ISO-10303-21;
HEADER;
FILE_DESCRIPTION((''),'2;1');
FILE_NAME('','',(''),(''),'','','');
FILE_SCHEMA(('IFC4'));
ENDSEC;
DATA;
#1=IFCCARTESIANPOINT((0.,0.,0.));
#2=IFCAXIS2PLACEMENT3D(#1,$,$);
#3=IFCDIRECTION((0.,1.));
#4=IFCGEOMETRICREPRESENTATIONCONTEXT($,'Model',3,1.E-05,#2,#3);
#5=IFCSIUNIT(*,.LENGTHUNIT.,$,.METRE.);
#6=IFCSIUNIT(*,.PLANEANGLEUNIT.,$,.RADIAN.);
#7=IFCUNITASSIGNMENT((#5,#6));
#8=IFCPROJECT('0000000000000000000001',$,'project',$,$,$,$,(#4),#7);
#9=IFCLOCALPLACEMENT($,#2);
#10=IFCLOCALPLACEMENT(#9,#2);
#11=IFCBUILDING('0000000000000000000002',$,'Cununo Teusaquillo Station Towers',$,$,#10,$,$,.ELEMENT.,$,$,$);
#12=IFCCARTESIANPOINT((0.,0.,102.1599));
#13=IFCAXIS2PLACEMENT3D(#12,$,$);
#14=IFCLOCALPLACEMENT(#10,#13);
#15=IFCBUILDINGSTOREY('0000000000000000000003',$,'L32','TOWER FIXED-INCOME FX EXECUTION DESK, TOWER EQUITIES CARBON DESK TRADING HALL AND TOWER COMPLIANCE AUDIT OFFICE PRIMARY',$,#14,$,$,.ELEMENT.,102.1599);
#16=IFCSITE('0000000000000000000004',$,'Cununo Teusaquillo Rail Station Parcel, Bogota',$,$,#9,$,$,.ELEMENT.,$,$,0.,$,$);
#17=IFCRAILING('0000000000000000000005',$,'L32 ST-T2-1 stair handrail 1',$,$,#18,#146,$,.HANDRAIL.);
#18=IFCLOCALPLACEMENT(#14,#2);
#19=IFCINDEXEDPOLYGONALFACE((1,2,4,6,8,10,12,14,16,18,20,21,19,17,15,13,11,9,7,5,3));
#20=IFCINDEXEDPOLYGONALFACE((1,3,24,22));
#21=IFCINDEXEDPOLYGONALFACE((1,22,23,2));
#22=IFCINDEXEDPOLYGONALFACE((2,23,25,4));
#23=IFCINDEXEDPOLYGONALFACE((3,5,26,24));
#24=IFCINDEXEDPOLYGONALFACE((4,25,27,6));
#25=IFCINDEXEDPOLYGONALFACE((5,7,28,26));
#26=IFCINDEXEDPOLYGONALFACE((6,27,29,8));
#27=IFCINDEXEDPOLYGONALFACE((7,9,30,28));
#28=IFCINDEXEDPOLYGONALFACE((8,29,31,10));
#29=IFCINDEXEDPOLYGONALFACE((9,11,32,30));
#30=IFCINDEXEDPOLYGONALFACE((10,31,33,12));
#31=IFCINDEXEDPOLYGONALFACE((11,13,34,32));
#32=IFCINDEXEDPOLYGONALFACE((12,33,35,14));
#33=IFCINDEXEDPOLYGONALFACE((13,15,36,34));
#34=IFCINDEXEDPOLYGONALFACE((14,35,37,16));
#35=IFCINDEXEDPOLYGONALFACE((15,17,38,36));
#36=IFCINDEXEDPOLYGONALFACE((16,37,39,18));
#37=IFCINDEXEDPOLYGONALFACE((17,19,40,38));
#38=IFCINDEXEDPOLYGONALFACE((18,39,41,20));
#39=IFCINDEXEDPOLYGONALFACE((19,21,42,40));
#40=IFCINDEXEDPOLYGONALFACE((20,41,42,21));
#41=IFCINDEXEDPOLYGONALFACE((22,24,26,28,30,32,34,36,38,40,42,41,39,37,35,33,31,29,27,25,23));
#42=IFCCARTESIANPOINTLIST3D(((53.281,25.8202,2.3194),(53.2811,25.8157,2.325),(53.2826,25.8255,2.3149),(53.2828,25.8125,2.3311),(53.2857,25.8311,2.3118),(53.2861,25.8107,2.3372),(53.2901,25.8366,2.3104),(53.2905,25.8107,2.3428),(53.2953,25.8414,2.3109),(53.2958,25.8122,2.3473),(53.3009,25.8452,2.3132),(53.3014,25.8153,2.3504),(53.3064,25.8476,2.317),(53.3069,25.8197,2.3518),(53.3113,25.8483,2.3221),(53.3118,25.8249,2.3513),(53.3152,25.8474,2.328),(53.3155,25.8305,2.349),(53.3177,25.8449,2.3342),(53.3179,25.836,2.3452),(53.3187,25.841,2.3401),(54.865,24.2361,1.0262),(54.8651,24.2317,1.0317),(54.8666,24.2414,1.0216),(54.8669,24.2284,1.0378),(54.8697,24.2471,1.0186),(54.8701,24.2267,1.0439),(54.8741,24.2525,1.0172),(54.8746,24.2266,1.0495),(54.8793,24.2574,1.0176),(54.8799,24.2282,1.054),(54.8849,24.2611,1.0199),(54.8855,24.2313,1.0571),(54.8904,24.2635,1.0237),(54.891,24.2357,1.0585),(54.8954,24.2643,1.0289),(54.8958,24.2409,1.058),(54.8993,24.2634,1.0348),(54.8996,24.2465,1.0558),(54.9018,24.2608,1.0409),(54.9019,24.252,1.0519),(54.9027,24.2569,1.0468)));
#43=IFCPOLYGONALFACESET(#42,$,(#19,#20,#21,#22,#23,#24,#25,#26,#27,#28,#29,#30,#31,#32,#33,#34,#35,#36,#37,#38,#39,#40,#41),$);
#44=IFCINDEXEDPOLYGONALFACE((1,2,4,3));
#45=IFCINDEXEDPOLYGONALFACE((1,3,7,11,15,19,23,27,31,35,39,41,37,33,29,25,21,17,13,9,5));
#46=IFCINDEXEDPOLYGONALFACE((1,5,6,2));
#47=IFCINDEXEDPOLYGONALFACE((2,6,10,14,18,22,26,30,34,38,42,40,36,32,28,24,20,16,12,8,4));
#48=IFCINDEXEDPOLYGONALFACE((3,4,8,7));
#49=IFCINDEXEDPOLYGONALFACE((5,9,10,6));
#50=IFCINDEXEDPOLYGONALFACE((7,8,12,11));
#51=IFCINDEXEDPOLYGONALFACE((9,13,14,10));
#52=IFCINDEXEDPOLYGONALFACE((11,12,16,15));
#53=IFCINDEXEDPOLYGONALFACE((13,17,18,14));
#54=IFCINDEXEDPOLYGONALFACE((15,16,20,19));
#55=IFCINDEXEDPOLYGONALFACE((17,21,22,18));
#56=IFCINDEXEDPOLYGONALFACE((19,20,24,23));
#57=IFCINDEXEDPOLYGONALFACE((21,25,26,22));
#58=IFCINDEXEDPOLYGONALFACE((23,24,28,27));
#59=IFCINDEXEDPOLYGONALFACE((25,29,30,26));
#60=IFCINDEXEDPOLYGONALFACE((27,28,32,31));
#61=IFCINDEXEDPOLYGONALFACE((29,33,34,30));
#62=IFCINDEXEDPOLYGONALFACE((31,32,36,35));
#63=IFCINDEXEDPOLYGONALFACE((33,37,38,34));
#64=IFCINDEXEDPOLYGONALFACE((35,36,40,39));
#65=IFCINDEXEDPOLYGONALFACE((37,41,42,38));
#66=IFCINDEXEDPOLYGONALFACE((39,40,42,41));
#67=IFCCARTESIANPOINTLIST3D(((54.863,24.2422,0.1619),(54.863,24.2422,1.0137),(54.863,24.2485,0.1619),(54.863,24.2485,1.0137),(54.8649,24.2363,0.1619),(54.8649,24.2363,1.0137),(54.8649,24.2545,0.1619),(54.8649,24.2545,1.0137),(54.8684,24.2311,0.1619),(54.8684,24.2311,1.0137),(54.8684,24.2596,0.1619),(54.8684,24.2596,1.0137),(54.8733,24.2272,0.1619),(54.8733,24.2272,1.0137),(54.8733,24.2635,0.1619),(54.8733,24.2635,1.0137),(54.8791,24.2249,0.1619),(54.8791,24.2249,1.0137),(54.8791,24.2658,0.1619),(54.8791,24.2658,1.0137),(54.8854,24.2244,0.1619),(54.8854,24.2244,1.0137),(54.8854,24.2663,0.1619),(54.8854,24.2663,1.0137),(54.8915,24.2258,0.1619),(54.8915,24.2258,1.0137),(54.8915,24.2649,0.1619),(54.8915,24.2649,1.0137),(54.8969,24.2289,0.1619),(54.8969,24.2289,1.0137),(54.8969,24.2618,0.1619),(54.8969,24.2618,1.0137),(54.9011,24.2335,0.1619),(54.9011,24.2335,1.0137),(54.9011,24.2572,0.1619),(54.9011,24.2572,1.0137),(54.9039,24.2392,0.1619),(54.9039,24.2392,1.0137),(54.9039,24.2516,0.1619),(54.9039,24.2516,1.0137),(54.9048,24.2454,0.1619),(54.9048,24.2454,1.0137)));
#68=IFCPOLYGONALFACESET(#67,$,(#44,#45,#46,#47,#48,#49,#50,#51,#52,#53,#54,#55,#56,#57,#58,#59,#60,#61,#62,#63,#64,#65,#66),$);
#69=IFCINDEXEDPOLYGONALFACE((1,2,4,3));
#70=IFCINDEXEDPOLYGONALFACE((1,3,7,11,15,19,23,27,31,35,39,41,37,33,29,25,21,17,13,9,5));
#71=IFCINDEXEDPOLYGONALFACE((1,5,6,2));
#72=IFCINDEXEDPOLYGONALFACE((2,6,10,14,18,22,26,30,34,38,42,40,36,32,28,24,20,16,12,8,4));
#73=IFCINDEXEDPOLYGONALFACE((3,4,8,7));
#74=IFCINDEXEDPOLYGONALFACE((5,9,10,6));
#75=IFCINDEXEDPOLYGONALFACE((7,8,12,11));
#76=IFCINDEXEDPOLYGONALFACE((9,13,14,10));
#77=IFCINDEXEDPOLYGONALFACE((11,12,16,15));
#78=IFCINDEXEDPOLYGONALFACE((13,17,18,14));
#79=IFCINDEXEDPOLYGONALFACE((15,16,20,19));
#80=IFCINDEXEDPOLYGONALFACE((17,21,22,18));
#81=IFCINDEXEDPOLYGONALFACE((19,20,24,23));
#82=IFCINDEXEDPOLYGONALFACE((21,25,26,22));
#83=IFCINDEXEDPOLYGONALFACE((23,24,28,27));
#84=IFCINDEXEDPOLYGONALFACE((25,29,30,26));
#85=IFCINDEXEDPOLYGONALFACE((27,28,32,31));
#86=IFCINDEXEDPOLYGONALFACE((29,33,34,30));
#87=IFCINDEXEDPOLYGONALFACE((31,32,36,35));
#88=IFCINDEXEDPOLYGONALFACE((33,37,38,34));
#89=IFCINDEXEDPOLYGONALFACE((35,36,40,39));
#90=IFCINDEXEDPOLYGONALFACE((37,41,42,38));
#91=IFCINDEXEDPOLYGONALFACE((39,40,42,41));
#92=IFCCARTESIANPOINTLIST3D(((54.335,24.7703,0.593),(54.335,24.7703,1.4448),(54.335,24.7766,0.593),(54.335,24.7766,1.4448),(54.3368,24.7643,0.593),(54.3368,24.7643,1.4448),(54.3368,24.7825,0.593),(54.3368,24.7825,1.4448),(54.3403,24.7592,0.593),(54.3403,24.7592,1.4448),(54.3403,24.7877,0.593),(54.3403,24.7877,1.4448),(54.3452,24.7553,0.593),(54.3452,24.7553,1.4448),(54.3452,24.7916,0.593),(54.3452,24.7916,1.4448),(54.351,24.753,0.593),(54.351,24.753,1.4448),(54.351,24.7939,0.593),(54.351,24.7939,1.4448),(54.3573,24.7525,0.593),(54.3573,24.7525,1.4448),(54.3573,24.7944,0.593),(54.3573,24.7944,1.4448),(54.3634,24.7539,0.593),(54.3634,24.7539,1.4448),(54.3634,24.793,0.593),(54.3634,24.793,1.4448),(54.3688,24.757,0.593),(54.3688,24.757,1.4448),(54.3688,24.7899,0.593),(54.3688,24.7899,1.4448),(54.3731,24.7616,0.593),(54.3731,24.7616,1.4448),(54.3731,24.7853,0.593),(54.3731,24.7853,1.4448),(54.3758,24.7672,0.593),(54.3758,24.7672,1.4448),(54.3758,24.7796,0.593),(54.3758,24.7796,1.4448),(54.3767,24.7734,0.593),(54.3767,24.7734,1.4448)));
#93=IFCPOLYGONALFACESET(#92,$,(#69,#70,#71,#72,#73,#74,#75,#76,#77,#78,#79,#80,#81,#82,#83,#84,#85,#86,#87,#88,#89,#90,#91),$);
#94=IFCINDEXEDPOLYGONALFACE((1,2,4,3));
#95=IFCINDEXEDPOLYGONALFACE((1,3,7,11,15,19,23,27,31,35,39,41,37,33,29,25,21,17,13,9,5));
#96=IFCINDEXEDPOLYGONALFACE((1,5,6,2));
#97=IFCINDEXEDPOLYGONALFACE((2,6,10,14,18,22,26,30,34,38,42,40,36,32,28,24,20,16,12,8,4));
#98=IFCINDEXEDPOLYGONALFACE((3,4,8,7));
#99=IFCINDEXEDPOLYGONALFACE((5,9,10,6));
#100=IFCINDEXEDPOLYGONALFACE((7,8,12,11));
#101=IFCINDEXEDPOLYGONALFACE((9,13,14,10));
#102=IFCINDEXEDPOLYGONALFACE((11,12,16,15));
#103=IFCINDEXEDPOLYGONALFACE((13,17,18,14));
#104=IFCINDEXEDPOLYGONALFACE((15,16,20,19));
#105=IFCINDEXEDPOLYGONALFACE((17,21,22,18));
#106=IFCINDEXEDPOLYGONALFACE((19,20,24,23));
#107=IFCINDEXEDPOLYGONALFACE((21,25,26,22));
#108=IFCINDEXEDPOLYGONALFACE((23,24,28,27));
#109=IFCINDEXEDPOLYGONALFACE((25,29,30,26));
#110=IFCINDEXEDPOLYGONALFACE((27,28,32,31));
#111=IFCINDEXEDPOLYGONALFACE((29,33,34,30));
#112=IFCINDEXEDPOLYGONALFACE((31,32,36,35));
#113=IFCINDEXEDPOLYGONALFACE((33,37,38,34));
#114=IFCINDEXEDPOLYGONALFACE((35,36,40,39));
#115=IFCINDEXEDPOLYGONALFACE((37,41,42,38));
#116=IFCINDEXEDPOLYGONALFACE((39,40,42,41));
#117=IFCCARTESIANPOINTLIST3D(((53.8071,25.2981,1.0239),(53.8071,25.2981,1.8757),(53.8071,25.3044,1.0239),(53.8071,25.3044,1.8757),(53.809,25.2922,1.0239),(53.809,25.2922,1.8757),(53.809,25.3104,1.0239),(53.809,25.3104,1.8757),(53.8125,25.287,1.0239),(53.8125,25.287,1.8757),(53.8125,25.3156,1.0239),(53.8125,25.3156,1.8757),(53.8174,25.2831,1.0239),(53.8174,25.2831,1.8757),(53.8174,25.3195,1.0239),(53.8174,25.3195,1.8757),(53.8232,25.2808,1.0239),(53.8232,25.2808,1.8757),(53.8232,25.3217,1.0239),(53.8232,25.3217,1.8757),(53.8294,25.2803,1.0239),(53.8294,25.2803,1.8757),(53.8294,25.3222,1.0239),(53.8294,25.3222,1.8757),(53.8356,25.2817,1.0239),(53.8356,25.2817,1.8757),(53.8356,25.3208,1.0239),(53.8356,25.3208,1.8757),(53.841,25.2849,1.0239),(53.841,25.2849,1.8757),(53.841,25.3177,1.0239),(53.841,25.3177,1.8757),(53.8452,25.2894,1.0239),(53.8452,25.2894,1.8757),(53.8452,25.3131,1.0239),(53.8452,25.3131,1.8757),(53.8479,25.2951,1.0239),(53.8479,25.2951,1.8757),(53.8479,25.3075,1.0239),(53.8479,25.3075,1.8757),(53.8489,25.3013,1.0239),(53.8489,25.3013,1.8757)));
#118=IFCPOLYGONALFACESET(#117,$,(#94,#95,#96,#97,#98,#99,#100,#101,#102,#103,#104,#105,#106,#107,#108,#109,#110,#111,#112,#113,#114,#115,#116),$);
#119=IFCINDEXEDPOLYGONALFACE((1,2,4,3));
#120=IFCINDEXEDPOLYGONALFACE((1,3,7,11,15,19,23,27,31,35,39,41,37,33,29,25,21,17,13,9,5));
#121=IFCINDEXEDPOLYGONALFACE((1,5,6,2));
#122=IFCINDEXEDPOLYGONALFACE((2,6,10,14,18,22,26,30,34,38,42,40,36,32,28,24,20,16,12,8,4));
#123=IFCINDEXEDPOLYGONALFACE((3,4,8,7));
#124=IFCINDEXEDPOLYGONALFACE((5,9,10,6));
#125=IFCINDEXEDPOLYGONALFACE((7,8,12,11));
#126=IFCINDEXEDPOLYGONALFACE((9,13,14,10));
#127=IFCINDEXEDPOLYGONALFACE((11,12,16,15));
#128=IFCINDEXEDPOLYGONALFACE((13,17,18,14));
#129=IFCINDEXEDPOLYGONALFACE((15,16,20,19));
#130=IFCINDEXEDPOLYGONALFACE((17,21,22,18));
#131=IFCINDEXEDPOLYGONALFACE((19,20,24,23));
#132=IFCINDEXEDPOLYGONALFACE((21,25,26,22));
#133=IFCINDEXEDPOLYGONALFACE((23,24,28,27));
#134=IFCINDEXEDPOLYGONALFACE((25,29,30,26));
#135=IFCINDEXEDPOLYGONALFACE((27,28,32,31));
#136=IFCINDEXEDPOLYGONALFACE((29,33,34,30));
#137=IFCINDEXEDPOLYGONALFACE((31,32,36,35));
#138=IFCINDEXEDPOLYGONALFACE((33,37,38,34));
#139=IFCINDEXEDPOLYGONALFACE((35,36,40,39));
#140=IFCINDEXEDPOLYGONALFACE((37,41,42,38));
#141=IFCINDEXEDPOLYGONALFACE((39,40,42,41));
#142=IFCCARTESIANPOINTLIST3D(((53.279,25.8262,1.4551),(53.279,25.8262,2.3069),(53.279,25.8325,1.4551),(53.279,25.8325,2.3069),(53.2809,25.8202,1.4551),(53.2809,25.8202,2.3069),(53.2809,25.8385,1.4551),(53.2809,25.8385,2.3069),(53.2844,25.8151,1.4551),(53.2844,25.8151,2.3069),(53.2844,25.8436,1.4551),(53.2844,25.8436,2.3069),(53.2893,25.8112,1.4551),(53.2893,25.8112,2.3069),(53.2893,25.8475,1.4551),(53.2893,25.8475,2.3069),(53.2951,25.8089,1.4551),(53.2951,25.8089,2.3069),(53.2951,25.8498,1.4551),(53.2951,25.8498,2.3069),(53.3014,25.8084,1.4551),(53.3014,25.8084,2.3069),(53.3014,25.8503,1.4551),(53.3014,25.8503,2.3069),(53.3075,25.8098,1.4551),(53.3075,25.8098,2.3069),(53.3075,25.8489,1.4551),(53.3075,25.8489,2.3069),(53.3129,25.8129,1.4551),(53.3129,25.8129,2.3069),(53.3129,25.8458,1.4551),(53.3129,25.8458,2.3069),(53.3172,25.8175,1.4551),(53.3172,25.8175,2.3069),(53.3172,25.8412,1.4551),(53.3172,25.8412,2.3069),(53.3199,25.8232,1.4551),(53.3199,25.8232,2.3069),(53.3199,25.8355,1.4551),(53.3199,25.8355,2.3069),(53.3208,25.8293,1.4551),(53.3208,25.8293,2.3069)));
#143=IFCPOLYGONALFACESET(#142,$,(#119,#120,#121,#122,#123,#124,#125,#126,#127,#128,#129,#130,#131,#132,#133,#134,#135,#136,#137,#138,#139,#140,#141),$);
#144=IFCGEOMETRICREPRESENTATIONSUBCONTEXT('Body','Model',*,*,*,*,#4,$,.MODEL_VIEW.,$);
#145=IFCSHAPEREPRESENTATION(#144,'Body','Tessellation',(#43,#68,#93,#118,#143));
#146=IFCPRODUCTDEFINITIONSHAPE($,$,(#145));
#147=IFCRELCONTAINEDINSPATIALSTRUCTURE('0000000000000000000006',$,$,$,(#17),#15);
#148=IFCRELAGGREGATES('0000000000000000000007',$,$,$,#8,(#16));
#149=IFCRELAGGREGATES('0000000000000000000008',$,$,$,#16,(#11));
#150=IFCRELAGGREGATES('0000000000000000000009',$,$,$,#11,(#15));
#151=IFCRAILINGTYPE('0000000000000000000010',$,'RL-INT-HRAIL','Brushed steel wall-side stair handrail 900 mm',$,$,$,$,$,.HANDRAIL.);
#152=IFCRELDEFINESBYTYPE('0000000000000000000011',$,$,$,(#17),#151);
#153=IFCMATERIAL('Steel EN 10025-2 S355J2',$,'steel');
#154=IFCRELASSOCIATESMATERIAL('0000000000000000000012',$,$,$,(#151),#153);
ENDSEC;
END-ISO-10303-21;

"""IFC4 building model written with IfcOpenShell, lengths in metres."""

from ifc_helpers import new_model, si_unit, direction, frame, origin, origin_2d, place, context, subcontext, project, spatial, circle, extrude, material, type_object, element, save


model = new_model("IFC4")

# Units and contexts
model_context = context("Model", 3, precision=1e-05, world=origin(), true_north=direction((0.0, 1.0)))
body_context = subcontext(model_context, "Body", "Model", "MODEL_VIEW")
ifc_project = project(units=[si_unit("LENGTHUNIT", "METRE"), si_unit("PLANEANGLEUNIT", "RADIAN")], contexts=[model_context])

# Site, building, storey
site_placement = place(None, origin())
site = spatial("IfcSite", under=ifc_project, at=site_placement, Name="Cununo Teusaquillo Rail Station Parcel, Bogota", CompositionType="ELEMENT", RefElevation=0.0)
building_placement = place(site_placement, origin())
building = spatial("IfcBuilding", under=site, at=building_placement, Name="Cununo Teusaquillo Station Towers", CompositionType="ELEMENT")
storey_placement = place(building_placement, frame((0.0, 0.0, 102.1599)))
storey = spatial("IfcBuildingStorey", under=building, at=storey_placement, Name="L32", Description="TOWER FIXED-INCOME FX EXECUTION DESK, TOWER EQUITIES CARBON DESK TRADING HALL AND TOWER COMPLIANCE AUDIT OFFICE PRIMARY", CompositionType="ELEMENT", Elevation=102.1599)

# Railing
ifc_material_1 = material(Name="Steel EN 10025-2 S355J2", Category="steel")
railing_type_1 = type_object("IfcRailingType", Name="RL-INT-HRAIL", Description="Brushed steel wall-side stair handrail 900 mm", PredefinedType="HANDRAIL", material=ifc_material_1)
railing_1_placement = place(storey_placement, frame((54.8838, 24.2454, 0.1619)))
element("IfcRailing", 1, at=railing_1_placement, inside=storey, type_object=railing_type_1, Name="L32 ST-T2-1 stair handrail 1", PredefinedType="HANDRAIL", context=body_context, shape_type="SweptSolid", body=[
    extrude(circle(Radius=0.0239, at=origin_2d()), frame((0.0, 0.0, 0.876), z_axis=(-0.612385, 0.612385, 0.49997), x_axis=(-0.707107, -0.707107, 0.0)), (0.0, 0.0, 1.0), 2.5867),
    extrude(circle(Radius=0.021, at=origin_2d()), origin(), (0.0, 0.0, 1.0), 0.8518),
    extrude(circle(Radius=0.021, at=origin_2d()), frame((-0.5281, 0.5281, 0.4312)), (0.0, 0.0, 1.0), 0.8518),
    extrude(circle(Radius=0.021, at=origin_2d()), frame((-1.0559, 1.0559, 0.8621)), (0.0, 0.0, 1.0), 0.8518),
    extrude(circle(Radius=0.021, at=origin_2d()), frame((-1.584, 1.584, 1.2932)), (0.0, 0.0, 1.0), 0.8518),
])

save(model, "model.ifc")
